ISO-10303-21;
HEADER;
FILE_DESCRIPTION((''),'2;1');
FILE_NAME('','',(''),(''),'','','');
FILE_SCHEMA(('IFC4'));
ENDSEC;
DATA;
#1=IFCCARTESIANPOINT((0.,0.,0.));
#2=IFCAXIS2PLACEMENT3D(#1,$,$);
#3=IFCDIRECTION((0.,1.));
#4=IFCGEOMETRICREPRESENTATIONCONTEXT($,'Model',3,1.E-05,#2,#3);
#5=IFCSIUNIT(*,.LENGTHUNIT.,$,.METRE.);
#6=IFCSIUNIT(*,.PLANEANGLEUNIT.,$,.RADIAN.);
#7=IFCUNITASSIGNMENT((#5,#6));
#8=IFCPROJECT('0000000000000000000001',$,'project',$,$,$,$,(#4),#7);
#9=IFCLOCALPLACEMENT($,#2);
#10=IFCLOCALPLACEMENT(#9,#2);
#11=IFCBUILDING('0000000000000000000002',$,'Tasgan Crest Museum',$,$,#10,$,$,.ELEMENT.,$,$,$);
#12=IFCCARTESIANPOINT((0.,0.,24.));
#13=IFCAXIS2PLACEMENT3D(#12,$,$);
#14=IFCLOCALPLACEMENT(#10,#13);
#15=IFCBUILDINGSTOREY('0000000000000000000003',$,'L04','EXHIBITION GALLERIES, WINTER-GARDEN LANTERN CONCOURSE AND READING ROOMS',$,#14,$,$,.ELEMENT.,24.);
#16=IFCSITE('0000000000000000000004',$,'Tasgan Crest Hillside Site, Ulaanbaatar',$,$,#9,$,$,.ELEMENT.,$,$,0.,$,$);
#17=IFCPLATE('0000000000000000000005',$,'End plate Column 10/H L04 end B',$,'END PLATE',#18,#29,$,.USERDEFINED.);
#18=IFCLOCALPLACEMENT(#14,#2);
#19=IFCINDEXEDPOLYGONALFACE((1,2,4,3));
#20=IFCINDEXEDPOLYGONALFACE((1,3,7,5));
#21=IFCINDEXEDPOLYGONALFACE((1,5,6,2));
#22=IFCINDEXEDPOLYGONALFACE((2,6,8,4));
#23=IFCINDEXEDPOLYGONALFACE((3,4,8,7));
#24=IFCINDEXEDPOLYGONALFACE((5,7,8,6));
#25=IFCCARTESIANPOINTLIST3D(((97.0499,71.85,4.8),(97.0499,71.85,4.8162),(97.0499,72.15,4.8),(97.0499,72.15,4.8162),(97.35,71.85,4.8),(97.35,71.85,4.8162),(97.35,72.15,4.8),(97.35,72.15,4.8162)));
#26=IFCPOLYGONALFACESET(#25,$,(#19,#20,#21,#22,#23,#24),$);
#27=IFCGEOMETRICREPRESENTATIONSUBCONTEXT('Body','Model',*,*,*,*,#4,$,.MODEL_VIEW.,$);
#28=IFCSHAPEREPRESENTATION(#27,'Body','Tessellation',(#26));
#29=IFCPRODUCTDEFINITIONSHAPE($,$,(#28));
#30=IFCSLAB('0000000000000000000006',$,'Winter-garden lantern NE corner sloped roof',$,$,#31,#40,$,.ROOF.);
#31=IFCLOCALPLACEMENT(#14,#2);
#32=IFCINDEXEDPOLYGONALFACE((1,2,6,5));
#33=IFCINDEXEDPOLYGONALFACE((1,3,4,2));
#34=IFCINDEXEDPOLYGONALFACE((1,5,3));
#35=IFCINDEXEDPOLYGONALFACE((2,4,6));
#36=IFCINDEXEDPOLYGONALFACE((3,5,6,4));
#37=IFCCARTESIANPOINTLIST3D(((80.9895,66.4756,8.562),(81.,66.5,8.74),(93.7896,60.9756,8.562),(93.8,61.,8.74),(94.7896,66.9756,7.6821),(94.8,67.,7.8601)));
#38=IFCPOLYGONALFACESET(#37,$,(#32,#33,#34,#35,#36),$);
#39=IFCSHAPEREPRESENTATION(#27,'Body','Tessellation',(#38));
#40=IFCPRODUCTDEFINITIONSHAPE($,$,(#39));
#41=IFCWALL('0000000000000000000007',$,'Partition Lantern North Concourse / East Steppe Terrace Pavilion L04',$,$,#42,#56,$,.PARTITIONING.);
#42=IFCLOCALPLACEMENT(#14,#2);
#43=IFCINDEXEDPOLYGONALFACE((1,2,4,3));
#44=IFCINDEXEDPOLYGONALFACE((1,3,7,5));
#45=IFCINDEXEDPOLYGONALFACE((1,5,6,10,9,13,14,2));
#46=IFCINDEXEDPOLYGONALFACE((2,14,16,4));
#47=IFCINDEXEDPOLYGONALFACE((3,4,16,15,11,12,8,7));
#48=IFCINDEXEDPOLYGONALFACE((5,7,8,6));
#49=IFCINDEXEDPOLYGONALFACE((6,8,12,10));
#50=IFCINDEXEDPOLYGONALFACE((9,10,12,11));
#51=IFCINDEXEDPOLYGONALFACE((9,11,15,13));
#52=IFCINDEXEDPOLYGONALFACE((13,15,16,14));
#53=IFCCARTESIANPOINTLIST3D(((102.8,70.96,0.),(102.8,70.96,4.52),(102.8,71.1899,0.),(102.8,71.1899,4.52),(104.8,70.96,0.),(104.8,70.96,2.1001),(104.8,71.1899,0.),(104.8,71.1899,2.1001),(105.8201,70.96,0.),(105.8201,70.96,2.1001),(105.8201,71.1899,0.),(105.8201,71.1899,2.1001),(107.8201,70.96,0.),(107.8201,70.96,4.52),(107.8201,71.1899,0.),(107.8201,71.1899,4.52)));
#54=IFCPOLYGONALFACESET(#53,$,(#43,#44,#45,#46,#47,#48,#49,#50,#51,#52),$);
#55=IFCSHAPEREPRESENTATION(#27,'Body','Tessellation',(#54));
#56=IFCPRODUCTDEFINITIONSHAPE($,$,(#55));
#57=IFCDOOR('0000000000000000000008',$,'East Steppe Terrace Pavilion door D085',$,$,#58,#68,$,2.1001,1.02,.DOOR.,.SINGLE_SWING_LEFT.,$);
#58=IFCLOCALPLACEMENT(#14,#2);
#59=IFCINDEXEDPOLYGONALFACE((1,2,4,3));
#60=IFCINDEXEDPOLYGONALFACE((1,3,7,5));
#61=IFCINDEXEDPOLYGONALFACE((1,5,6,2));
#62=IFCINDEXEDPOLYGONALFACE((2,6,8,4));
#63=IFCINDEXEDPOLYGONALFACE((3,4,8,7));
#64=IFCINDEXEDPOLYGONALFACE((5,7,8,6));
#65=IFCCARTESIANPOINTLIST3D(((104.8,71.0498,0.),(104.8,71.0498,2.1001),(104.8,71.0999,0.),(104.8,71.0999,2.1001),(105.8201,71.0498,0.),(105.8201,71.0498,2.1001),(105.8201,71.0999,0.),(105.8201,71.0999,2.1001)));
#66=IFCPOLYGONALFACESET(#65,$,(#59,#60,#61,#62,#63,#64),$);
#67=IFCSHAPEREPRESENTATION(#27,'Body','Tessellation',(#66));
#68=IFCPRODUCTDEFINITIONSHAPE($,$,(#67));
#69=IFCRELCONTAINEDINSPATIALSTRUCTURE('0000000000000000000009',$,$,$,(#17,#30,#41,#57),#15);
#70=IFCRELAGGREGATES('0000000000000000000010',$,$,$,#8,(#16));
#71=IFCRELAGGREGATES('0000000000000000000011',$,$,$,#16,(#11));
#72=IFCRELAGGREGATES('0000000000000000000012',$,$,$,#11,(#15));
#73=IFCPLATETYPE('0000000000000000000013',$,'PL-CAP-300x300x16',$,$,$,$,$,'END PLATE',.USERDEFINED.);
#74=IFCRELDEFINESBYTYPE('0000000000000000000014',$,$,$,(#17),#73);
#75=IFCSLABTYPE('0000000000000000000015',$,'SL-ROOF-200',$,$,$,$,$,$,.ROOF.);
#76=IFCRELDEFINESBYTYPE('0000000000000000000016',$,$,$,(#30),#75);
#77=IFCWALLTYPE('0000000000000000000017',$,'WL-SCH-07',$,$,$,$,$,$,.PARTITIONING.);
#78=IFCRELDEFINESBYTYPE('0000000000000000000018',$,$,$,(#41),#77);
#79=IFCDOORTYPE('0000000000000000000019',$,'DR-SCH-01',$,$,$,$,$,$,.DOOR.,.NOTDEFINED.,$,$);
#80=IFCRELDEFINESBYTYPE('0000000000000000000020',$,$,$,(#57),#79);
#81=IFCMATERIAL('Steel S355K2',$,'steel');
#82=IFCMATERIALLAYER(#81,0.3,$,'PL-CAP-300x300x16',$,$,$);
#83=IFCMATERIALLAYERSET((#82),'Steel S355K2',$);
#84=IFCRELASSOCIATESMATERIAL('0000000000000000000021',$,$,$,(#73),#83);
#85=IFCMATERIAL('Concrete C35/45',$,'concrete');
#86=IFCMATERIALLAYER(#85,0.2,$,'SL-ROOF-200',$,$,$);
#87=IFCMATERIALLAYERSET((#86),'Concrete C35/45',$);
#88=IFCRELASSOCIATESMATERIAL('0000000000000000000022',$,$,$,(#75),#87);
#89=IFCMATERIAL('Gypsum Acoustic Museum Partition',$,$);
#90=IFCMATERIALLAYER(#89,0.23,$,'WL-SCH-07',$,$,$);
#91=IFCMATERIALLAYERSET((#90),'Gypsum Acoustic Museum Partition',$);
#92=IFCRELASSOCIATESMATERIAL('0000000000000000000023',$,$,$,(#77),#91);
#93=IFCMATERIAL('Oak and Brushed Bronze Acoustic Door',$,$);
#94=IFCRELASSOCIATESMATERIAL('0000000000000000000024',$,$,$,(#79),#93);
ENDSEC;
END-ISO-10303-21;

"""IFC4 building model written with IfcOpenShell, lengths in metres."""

from ifc_helpers import new_model, si_unit, direction, frame, frame_2d, origin, origin_2d, place, context, subcontext, project, spatial, polyline, rectangle, outline, extrude, material, layer, layer_set, type_object, element, fill, save


model = new_model("IFC4")

# Units and contexts
model_context = context("Model", 3, precision=1e-05, world=origin(), true_north=direction((0.0, 1.0)))
body_context = subcontext(model_context, "Body", "Model", "MODEL_VIEW")
ifc_project = project(units=[si_unit("LENGTHUNIT", "METRE"), si_unit("PLANEANGLEUNIT", "RADIAN")], contexts=[model_context])

# Site, building, storey
site_placement = place(None, origin())
site = spatial("IfcSite", under=ifc_project, at=site_placement, Name="Tasgan Crest Hillside Site, Ulaanbaatar", CompositionType="ELEMENT", RefElevation=0.0)
building_placement = place(site_placement, origin())
building = spatial("IfcBuilding", under=site, at=building_placement, Name="Tasgan Crest Museum", CompositionType="ELEMENT")
storey_placement = place(building_placement, frame((0.0, 0.0, 24.0)))
storey = spatial("IfcBuildingStorey", under=building, at=storey_placement, Name="L04", Description="EXHIBITION GALLERIES, WINTER-GARDEN LANTERN CONCOURSE AND READING ROOMS", CompositionType="ELEMENT", Elevation=24.0)

# Plate
ifc_material_1 = material(Name="Steel S355K2", Category="steel")
ifc_layer_1 = layer(ifc_material_1, 0.3, Name="PL-CAP-300x300x16")
ifc_layer_set_1 = layer_set([ifc_layer_1], Name="Steel S355K2")
plate_type_1 = type_object("IfcPlateType", Name="PL-CAP-300x300x16", ElementType="END PLATE", PredefinedType="USERDEFINED", material=ifc_layer_set_1)
plate_1_placement = place(storey_placement, frame((97.2, 72.0, 4.8), z_axis=(0.0, 0.0, 1.0), x_axis=(1.0, 0.0, 0.0)))
element("IfcPlate", 1, at=plate_1_placement, inside=storey, type_object=plate_type_1, Name="End plate Column 10/H L04 end B", ObjectType="END PLATE", PredefinedType="USERDEFINED", context=body_context, shape_type="SweptSolid", body=[
    extrude(rectangle(XDim=0.3, YDim=0.3, at=origin_2d()), origin(), (0.0, 0.0, 1.0), 0.0161),
])

# Slab
ifc_material_2 = material(Name="Concrete C35/45", Category="concrete")
ifc_layer_2 = layer(ifc_material_2, 0.2, Name="SL-ROOF-200")
ifc_layer_set_2 = layer_set([ifc_layer_2], Name="Concrete C35/45")
slab_type = type_object("IfcSlabType", Name="SL-ROOF-200", PredefinedType="ROOF", material=ifc_layer_set_2)
slab_placement = place(storey_placement, frame((94.8, 67.0, 7.8601), z_axis=(0.05816, 0.135354, 0.989089), x_axis=(-0.997322, -0.036135, 0.063589)))
element("IfcSlab", 2, at=slab_placement, inside=storey, type_object=slab_type, Name="Winter-garden lantern NE corner sloped roof", PredefinedType="ROOF", context=body_context, shape_type="SweptSolid", body=[
    extrude(outline(polyline([(0.0, 0.0), (13.8371, 0.0), (1.2701, 6.0134), (0.0, 0.0)])), origin(), (0.0, 0.0, -1.0), 0.1799),
])

# Wall, opening, door
ifc_material_3 = material(Name="Gypsum Acoustic Museum Partition")
ifc_layer_3 = layer(ifc_material_3, 0.23, Name="WL-SCH-07")
ifc_layer_set_3 = layer_set([ifc_layer_3], Name="Gypsum Acoustic Museum Partition")
wall_type = type_object("IfcWallType", Name="WL-SCH-07", PredefinedType="PARTITIONING", material=ifc_layer_set_3)
wall_placement = place(storey_placement, frame((102.8, 71.075, 0.0), z_axis=(0.0, 0.0, 1.0), x_axis=(1.0, 0.0, 0.0)))
wall = element("IfcWall", 3, at=wall_placement, inside=storey, type_object=wall_type, Name="Partition Lantern North Concourse / East Steppe Terrace Pavilion L04", PredefinedType="PARTITIONING", context=body_context, shape_type="SweptSolid", body=[
    extrude(rectangle(XDim=5.02, YDim=0.23, at=frame_2d((2.51, 0.0))), origin(), (0.0, 0.0, 1.0), 4.52),
])
opening_placement = place(wall_placement, frame((2.0, 0.0, 0.0)))
opening = element("IfcOpeningElement", 4, at=opening_placement, cuts=wall, PredefinedType="OPENING", context=body_context, shape_type="SweptSolid", body=[
    extrude(rectangle(XDim=1.02, YDim=2.1001, at=frame_2d((0.51, 1.05))), frame((0.0, 0.125, 0.0), z_axis=(0.0, -1.0, 0.0), x_axis=(1.0, 0.0, 0.0)), (0.0, 0.0, 1.0), 0.25),
])
ifc_material_4 = material(Name="Oak and Brushed Bronze Acoustic Door")
door_type = type_object("IfcDoorType", Name="DR-SCH-01", OperationType="NOTDEFINED", PredefinedType="DOOR", material=ifc_material_4)
door_placement = place(opening_placement, origin())
door = element("IfcDoor", 5, at=door_placement, inside=storey, type_object=door_type, Name="East Steppe Terrace Pavilion door D085", OperationType="SINGLE_SWING_LEFT", OverallHeight=2.1001, OverallWidth=1.02, PredefinedType="DOOR", context=body_context, shape_type="SweptSolid", body=[
    extrude(rectangle(XDim=1.02, YDim=2.1001, at=frame_2d((0.51, 1.05))), frame((0.0, 0.0249, 0.0), z_axis=(0.0, -1.0, 0.0), x_axis=(1.0, 0.0, 0.0)), (0.0, 0.0, 1.0), 0.05),
])
fill(opening, door)

save(model, "model.ifc")
